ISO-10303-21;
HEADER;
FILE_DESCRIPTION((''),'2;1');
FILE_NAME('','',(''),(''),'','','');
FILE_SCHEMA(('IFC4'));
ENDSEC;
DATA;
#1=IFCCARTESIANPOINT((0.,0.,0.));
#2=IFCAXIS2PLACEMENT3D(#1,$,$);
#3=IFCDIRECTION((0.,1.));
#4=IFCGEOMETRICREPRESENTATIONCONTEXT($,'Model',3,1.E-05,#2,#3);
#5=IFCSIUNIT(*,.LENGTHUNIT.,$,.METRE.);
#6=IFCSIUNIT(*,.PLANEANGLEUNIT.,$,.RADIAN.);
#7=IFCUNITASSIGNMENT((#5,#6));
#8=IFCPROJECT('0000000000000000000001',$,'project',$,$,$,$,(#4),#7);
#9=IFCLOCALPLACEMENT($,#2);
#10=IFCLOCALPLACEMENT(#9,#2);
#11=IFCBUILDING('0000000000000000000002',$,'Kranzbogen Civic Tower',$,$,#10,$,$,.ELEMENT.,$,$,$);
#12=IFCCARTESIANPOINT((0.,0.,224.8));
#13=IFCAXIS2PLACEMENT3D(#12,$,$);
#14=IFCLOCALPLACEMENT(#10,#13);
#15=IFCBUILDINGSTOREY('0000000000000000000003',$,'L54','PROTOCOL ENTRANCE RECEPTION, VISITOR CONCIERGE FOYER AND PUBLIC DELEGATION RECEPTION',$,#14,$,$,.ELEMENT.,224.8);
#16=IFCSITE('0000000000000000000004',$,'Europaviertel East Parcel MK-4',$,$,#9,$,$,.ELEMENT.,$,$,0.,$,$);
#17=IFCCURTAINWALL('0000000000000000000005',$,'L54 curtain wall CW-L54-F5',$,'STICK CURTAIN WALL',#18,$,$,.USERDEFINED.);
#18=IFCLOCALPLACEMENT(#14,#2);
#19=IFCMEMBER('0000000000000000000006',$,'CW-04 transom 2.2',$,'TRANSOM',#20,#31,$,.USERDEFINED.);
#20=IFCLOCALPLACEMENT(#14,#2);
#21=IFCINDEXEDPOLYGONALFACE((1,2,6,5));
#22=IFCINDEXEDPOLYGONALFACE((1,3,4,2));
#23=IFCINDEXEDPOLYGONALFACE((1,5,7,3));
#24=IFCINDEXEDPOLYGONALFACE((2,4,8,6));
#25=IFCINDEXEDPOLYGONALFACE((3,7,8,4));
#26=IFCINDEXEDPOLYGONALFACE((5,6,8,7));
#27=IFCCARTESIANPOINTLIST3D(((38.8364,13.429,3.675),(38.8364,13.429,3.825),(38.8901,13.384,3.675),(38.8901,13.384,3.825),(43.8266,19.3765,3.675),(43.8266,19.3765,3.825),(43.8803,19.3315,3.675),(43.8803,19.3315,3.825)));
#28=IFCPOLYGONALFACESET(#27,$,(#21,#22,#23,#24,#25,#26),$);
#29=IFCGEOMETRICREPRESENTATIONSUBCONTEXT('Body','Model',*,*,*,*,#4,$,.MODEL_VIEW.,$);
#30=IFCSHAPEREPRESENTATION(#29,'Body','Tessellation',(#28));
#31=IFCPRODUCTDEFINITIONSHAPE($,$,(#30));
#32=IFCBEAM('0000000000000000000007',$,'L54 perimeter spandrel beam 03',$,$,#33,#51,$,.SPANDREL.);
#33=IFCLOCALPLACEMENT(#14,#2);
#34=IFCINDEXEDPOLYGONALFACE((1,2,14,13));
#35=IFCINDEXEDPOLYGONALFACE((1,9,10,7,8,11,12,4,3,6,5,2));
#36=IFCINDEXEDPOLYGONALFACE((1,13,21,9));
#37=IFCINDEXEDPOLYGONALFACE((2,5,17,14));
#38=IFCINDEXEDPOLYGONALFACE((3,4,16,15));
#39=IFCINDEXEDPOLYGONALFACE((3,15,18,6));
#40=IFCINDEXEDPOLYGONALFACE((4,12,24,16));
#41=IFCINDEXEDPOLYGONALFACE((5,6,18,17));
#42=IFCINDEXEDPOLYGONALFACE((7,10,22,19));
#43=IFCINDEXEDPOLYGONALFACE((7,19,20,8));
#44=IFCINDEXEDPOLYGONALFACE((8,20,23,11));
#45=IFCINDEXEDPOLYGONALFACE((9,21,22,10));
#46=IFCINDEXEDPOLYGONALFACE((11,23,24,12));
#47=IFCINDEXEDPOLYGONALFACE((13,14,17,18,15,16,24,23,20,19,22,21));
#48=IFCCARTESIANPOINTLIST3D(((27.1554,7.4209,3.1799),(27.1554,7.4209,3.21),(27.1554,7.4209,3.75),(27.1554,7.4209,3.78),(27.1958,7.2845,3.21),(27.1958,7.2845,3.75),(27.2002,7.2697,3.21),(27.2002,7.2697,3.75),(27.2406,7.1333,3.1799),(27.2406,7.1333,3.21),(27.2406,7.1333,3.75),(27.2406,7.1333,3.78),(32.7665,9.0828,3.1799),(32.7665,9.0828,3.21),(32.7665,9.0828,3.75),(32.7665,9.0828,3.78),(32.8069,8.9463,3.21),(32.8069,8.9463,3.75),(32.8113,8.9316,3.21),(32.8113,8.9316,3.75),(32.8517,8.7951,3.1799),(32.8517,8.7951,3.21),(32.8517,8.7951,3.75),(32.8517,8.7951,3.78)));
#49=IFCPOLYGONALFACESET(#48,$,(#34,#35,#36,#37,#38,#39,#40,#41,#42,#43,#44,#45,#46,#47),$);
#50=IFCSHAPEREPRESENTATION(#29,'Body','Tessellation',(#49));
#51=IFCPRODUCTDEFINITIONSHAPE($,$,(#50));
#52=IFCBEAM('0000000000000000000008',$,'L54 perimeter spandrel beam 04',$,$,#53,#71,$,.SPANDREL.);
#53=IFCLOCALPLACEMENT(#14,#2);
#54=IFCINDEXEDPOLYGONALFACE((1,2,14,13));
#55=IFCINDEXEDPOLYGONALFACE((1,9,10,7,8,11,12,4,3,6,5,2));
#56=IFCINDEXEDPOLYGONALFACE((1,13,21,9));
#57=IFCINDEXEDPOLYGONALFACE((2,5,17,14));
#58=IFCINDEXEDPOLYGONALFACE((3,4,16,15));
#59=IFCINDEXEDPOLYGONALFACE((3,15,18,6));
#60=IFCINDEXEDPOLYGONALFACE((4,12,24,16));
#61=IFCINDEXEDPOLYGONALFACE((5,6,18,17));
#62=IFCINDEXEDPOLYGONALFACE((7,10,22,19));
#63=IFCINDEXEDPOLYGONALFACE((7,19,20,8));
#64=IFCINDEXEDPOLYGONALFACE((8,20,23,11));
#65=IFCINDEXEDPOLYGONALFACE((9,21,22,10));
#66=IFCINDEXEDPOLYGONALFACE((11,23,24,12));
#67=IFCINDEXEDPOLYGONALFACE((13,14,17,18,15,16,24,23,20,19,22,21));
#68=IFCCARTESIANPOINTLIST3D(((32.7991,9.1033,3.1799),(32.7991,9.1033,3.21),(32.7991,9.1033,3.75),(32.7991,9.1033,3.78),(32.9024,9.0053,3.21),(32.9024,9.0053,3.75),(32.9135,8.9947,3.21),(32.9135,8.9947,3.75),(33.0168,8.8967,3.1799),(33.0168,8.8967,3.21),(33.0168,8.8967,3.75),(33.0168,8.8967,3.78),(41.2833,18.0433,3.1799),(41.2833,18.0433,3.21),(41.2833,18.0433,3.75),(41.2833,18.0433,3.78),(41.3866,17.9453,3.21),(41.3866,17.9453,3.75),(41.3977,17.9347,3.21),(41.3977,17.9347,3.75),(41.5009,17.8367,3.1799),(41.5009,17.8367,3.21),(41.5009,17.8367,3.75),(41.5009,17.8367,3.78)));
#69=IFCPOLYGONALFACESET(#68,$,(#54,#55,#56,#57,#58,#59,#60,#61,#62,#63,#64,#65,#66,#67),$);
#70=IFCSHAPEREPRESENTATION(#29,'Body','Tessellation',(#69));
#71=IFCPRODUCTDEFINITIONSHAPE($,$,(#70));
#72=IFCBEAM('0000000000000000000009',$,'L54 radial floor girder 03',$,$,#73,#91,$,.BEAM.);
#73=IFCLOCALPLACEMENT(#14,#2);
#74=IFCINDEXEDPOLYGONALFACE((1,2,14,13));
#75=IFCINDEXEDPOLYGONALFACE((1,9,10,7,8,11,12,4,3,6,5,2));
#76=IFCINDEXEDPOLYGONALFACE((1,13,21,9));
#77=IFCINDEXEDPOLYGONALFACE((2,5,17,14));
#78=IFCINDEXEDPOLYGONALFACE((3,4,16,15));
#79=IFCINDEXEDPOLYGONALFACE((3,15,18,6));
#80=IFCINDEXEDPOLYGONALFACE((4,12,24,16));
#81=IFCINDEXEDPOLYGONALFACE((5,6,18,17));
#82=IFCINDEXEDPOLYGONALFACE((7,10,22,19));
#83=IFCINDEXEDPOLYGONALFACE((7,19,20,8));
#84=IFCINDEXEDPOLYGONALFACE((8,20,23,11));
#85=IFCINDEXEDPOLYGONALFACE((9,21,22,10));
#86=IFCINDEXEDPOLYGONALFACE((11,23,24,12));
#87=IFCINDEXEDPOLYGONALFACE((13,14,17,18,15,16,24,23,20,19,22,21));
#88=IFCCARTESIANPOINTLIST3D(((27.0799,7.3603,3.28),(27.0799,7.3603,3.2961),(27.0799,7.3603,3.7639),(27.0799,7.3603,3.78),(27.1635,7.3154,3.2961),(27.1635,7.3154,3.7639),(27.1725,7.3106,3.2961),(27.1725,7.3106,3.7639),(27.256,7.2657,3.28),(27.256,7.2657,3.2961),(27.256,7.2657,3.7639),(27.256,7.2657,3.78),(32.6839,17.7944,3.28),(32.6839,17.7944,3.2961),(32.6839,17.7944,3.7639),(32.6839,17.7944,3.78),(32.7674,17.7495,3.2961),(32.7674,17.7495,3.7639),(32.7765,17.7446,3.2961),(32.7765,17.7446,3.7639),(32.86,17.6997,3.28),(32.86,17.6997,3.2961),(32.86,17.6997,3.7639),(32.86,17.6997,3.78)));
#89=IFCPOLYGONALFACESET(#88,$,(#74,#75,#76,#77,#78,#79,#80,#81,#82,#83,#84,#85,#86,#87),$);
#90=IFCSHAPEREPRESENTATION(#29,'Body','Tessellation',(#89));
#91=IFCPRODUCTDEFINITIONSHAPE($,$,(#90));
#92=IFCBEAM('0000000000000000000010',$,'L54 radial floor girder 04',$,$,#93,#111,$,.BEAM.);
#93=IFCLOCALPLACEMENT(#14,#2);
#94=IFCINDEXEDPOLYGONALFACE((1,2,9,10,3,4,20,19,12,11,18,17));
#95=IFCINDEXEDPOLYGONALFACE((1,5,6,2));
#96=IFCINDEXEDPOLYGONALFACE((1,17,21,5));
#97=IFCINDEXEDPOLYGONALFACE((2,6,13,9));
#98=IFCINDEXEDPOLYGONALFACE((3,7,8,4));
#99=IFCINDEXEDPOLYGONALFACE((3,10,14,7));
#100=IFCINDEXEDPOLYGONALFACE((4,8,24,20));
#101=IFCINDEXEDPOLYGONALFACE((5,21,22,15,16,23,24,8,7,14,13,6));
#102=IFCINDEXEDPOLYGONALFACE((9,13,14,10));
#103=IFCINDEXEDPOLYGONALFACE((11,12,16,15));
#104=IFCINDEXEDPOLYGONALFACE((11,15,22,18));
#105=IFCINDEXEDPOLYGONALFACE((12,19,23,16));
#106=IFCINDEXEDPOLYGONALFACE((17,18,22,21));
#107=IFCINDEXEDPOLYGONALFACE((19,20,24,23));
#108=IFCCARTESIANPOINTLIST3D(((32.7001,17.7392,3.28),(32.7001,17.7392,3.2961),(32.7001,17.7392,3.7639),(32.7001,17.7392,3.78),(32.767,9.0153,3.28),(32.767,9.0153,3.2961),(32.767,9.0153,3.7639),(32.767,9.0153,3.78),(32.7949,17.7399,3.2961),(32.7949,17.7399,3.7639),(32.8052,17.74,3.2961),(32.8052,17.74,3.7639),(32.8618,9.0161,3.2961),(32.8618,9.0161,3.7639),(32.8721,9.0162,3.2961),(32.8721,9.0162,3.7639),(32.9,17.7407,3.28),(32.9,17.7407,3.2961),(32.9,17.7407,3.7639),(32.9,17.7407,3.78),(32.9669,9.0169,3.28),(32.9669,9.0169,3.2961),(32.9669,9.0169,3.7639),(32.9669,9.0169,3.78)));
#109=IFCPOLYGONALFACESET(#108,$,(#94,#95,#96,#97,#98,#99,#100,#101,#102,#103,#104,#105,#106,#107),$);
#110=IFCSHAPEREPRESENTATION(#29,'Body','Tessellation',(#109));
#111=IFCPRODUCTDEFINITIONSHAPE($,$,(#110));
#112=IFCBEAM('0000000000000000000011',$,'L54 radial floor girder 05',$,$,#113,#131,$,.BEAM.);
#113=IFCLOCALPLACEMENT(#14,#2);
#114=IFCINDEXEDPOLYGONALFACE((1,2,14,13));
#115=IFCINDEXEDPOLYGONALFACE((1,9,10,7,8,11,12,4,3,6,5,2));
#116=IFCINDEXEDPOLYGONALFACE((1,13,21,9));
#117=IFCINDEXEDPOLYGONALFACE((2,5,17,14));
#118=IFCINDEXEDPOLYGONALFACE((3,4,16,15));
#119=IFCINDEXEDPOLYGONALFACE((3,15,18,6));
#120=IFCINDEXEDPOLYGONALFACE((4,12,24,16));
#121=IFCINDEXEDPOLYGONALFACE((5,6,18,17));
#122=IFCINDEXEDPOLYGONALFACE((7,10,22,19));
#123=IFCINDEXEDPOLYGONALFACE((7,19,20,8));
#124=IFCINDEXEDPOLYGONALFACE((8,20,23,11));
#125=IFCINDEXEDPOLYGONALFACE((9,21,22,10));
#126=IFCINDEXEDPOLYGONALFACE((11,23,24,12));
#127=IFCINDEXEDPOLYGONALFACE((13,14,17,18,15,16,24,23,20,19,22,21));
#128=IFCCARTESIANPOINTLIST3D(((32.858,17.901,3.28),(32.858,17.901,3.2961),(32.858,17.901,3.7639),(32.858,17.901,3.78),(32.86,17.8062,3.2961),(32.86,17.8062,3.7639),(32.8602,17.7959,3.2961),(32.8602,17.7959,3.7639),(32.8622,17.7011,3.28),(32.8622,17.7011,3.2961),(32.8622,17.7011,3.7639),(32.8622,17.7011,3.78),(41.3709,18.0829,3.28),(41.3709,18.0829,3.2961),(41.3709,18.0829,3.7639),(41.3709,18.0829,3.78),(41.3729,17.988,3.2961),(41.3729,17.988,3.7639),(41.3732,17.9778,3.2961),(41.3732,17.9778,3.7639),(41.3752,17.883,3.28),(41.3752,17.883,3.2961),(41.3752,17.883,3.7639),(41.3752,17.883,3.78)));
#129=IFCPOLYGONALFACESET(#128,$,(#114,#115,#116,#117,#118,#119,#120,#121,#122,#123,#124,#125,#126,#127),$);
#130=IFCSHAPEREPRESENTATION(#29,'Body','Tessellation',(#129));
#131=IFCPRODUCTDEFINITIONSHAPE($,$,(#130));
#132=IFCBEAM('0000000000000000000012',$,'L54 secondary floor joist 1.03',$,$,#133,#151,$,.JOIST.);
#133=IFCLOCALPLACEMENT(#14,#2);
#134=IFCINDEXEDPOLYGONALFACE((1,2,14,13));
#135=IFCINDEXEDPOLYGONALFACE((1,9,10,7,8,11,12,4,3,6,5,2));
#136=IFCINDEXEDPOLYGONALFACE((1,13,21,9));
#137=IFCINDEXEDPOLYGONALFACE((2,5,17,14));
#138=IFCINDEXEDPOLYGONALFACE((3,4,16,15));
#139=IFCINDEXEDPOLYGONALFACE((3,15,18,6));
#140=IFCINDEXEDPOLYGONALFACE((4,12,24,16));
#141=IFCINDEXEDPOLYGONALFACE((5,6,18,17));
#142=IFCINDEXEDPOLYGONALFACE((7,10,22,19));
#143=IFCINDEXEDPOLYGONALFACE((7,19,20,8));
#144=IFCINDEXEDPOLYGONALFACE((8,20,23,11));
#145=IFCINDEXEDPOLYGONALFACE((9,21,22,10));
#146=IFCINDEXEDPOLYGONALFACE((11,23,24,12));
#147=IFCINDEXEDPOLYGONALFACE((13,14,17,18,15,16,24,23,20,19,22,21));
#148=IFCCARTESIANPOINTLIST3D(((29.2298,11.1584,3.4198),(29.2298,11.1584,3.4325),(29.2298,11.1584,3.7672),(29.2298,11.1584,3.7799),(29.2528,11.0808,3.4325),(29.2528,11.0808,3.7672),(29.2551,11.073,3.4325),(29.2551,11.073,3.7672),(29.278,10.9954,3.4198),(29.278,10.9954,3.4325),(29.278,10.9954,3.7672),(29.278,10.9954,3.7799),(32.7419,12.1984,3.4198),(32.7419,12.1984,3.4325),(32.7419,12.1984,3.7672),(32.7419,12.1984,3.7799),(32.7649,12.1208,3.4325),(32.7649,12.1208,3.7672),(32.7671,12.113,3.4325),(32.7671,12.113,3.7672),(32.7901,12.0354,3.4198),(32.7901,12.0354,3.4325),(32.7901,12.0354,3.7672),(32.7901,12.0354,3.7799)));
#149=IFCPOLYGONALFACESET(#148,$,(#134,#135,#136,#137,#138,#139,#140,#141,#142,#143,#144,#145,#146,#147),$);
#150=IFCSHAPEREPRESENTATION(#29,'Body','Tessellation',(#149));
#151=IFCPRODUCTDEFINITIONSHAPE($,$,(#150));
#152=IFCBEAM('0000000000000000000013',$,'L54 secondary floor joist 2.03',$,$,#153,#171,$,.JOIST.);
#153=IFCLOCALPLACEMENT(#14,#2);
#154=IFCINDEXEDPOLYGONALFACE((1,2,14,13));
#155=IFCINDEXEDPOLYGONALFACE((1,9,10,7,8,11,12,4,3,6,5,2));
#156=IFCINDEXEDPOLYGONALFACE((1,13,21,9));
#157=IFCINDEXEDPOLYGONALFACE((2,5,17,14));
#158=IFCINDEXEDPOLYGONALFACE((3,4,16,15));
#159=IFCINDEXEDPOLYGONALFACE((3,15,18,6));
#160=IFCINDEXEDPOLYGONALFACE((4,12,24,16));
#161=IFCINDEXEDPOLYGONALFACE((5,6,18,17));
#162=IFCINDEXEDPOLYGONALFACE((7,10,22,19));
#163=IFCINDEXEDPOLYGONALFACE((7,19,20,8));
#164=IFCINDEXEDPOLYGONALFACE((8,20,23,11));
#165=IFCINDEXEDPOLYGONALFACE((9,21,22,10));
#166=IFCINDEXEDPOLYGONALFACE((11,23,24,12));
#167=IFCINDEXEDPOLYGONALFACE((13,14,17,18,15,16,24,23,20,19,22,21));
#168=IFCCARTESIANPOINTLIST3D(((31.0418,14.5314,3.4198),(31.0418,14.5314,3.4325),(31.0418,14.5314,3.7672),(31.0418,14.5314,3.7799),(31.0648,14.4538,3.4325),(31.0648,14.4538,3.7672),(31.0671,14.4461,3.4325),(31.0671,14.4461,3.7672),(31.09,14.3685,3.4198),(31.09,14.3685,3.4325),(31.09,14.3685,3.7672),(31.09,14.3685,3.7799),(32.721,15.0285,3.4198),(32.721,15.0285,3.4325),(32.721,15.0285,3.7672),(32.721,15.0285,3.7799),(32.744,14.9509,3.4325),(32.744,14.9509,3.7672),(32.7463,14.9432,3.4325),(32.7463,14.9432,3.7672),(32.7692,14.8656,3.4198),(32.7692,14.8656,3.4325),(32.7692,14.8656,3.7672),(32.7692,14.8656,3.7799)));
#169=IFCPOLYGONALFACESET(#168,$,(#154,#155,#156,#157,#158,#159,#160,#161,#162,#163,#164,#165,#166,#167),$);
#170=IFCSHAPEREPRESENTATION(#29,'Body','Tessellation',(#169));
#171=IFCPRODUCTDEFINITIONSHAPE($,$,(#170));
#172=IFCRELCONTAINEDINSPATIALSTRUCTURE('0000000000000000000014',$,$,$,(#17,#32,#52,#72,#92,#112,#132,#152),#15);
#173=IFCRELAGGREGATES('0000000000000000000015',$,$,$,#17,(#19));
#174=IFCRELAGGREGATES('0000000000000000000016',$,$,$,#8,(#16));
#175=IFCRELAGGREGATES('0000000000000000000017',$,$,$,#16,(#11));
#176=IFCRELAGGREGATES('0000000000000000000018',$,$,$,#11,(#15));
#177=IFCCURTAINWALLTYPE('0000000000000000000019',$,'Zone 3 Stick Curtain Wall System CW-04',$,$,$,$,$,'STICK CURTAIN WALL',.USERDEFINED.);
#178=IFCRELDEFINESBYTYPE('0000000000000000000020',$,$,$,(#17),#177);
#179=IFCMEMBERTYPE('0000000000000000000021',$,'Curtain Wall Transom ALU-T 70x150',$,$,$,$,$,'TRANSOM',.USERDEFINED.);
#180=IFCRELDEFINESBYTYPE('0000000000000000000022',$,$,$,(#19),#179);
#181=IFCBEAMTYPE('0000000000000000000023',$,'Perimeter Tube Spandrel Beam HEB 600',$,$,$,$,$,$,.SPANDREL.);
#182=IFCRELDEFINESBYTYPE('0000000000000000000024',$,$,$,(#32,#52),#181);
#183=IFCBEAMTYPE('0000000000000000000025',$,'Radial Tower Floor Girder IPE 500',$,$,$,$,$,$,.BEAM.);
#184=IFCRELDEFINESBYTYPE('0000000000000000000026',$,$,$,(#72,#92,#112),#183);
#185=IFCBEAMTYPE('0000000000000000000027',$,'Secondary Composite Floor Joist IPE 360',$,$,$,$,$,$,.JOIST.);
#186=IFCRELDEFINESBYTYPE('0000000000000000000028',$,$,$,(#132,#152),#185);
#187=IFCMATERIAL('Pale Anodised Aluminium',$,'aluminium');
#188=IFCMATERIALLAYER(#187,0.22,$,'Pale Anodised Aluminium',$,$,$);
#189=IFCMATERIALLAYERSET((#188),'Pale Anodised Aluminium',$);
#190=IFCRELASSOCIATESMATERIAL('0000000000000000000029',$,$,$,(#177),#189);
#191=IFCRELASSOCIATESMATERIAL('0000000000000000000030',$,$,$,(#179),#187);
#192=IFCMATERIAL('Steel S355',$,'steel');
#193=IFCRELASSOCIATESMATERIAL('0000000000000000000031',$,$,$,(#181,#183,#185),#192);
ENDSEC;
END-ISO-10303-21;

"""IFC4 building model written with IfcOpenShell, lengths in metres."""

from ifc_helpers import new_model, si_unit, direction, frame, origin, origin_2d, place, context, subcontext, project, spatial, rectangle, i_section, extrude, material, layer, layer_set, material_profile, profile_set, type_object, element, aggregate, save


model = new_model("IFC4")

# Units and contexts
model_context = context("Model", 3, precision=1e-05, world=origin(), true_north=direction((0.0, 1.0)))
body_context = subcontext(model_context, "Body", "Model", "MODEL_VIEW")
ifc_project = project(units=[si_unit("LENGTHUNIT", "METRE"), si_unit("PLANEANGLEUNIT", "RADIAN")], contexts=[model_context])

# Site, building, storey
site_placement = place(None, origin())
site = spatial("IfcSite", under=ifc_project, at=site_placement, Name="Europaviertel East Parcel MK-4", CompositionType="ELEMENT", RefElevation=0.0)
building_placement = place(site_placement, origin())
building = spatial("IfcBuilding", under=site, at=building_placement, Name="Kranzbogen Civic Tower", CompositionType="ELEMENT")
storey_placement = place(building_placement, frame((0.0, 0.0, 224.8)))
storey = spatial("IfcBuildingStorey", under=building, at=storey_placement, Name="L54", Description="PROTOCOL ENTRANCE RECEPTION, VISITOR CONCIERGE FOYER AND PUBLIC DELEGATION RECEPTION", CompositionType="ELEMENT", Elevation=224.8)

# Shared definitions
ifc_material_1 = material(Name="Steel S355", Category="steel")

# Shared definitions
ifc_material_2 = material(Name="Pale Anodised Aluminium", Category="aluminium")
ifc_layer_1 = layer(ifc_material_2, 0.22, Name="Pale Anodised Aluminium")
ifc_layer_set_1 = layer_set([ifc_layer_1], Name="Pale Anodised Aluminium")
curtain_wall_type = type_object("IfcCurtainWallType", Name="Zone 3 Stick Curtain Wall System CW-04", ElementType="STICK CURTAIN WALL", PredefinedType="USERDEFINED", material=ifc_layer_set_1)

# Curtain wall, member
curtain_wall_1_placement = place(storey_placement, origin())
curtain_wall_1 = element("IfcCurtainWall", 1, at=curtain_wall_1_placement, inside=storey, type_object=curtain_wall_type, Name="L54 curtain wall CW-L54-F5", ObjectType="STICK CURTAIN WALL", PredefinedType="USERDEFINED")
ifc_material_profile_1 = material_profile(ifc_material_2, rectangle(XDim=0.0701, YDim=0.1499, at=origin_2d()), Name="ALU-T 70x150")
ifc_profile_set_1 = profile_set([ifc_material_profile_1], Name="Pale Anodised Aluminium")
member_type_1 = type_object("IfcMemberType", Name="Curtain Wall Transom ALU-T 70x150", ElementType="TRANSOM", PredefinedType="USERDEFINED", material=ifc_profile_set_1)
member_1_placement = place(storey_placement, frame((38.8633, 13.4065, 3.75), z_axis=(0.642764, 0.766065, 0.0), x_axis=(-0.766065, 0.642764, 0.0)))
member_1 = element("IfcMember", 2, at=member_1_placement, type_object=member_type_1, Name="CW-04 transom 2.2", ObjectType="TRANSOM", PredefinedType="USERDEFINED", context=body_context, shape_type="SweptSolid", body=[
    extrude(rectangle(XDim=0.0701, YDim=0.1499, at=origin_2d()), origin(), (0.0, 0.0, 1.0), 7.7637),
])

# Beams
ifc_material_profile_2 = material_profile(ifc_material_1, i_section(OverallWidth=0.3, OverallDepth=0.6001, WebThickness=0.0154, FlangeThickness=0.03, at=origin_2d()), Name="HEB 600")
ifc_profile_set_2 = profile_set([ifc_material_profile_2], Name="Steel S355")
beam_type_1 = type_object("IfcBeamType", Name="Perimeter Tube Spandrel Beam HEB 600", PredefinedType="SPANDREL", material=ifc_profile_set_2)
beam_1_placement = place(storey_placement, frame((27.198, 7.2771, 3.48), z_axis=(0.95883, 0.283982, 0.0), x_axis=(-0.283982, 0.95883, 0.0)))
element("IfcBeam", 3, at=beam_1_placement, inside=storey, type_object=beam_type_1, Name="L54 perimeter spandrel beam 03", PredefinedType="SPANDREL", context=body_context, shape_type="SweptSolid", body=[
    extrude(i_section(OverallWidth=0.3, OverallDepth=0.6001, WebThickness=0.0154, FlangeThickness=0.03, at=origin_2d()), origin(), (0.0, 0.0, 1.0), 5.8521),
])
beam_2_placement = place(storey_placement, frame((32.908, 9.0, 3.48), z_axis=(0.688373, 0.725356, 0.0), x_axis=(-0.725356, 0.688373, 0.0)))
element("IfcBeam", 4, at=beam_2_placement, inside=storey, type_object=beam_type_1, Name="L54 perimeter spandrel beam 04", PredefinedType="SPANDREL", context=body_context, shape_type="SweptSolid", body=[
    extrude(i_section(OverallWidth=0.3, OverallDepth=0.6001, WebThickness=0.0154, FlangeThickness=0.03, at=origin_2d()), origin(), (0.0, 0.0, 1.0), 12.325),
])
ifc_material_profile_3 = material_profile(ifc_material_1, i_section(OverallWidth=0.2, OverallDepth=0.5, WebThickness=0.0103, FlangeThickness=0.0161, at=origin_2d()), Name="IPE 500")
ifc_profile_set_3 = profile_set([ifc_material_profile_3], Name="Steel S355")
beam_type_2 = type_object("IfcBeamType", Name="Radial Tower Floor Girder IPE 500", PredefinedType="BEAM", material=ifc_profile_set_3)
beam_3_placement = place(storey_placement, frame((27.168, 7.313, 3.53), z_axis=(0.47316, 0.880976, 0.0), x_axis=(-0.880976, 0.47316, 0.0)))
element("IfcBeam", 5, at=beam_3_placement, inside=storey, type_object=beam_type_2, Name="L54 radial floor girder 03", PredefinedType="BEAM", context=body_context, shape_type="SweptSolid", body=[
    extrude(i_section(OverallWidth=0.2, OverallDepth=0.5, WebThickness=0.0103, FlangeThickness=0.0161, at=origin_2d()), origin(), (0.0, 0.0, 1.0), 11.8438),
])
beam_4_placement = place(storey_placement, frame((32.8669, 9.0161, 3.53), z_axis=(-0.007668, 0.999971, 0.0), x_axis=(-0.999971, -0.007668, 0.0)))
element("IfcBeam", 6, at=beam_4_placement, inside=storey, type_object=beam_type_2, Name="L54 radial floor girder 04", PredefinedType="BEAM", context=body_context, shape_type="SweptSolid", body=[
    extrude(i_section(OverallWidth=0.2, OverallDepth=0.5, WebThickness=0.0103, FlangeThickness=0.0161, at=origin_2d()), origin(), (0.0, 0.0, 1.0), 8.7241),
])
beam_5_placement = place(storey_placement, frame((41.373, 17.9829, 3.53), z_axis=(-0.999772, -0.021361, 0.0), x_axis=(0.021361, -0.999772, 0.0)))
element("IfcBeam", 7, at=beam_5_placement, inside=storey, type_object=beam_type_2, Name="L54 radial floor girder 05", PredefinedType="BEAM", context=body_context, shape_type="SweptSolid", body=[
    extrude(i_section(OverallWidth=0.2, OverallDepth=0.5, WebThickness=0.0103, FlangeThickness=0.0161, at=origin_2d()), origin(), (0.0, 0.0, 1.0), 8.5149),
])
ifc_material_profile_4 = material_profile(ifc_material_1, i_section(OverallWidth=0.1699, OverallDepth=0.3601, WebThickness=0.0081, FlangeThickness=0.0127, at=origin_2d()), Name="IPE 360")
ifc_profile_set_4 = profile_set([ifc_material_profile_4], Name="Steel S355")
beam_type_3 = type_object("IfcBeamType", Name="Secondary Composite Floor Joist IPE 360", PredefinedType="JOIST", material=ifc_profile_set_4)
beam_6_placement = place(storey_placement, frame((29.2539, 11.0769, 3.5999), z_axis=(0.958844, 0.283934, 0.0), x_axis=(-0.283934, 0.958844, 0.0)))
element("IfcBeam", 8, at=beam_6_placement, inside=storey, type_object=beam_type_3, Name="L54 secondary floor joist 1.03", PredefinedType="JOIST", context=body_context, shape_type="SweptSolid", body=[
    extrude(i_section(OverallWidth=0.1699, OverallDepth=0.3601, WebThickness=0.0081, FlangeThickness=0.0127, at=origin_2d()), origin(), (0.0, 0.0, 1.0), 3.6628),
])
beam_7_placement = place(storey_placement, frame((31.0659, 14.45, 3.5999), z_axis=(0.958871, 0.283841, 0.0), x_axis=(-0.283841, 0.958871, 0.0)))
element("IfcBeam", 9, at=beam_7_placement, inside=storey, type_object=beam_type_3, Name="L54 secondary floor joist 2.03", PredefinedType="JOIST", context=body_context, shape_type="SweptSolid", body=[
    extrude(i_section(OverallWidth=0.1699, OverallDepth=0.3601, WebThickness=0.0081, FlangeThickness=0.0127, at=origin_2d()), origin(), (0.0, 0.0, 1.0), 1.7512),
])

aggregate(curtain_wall_1, [member_1])

save(model, "model.ifc")
